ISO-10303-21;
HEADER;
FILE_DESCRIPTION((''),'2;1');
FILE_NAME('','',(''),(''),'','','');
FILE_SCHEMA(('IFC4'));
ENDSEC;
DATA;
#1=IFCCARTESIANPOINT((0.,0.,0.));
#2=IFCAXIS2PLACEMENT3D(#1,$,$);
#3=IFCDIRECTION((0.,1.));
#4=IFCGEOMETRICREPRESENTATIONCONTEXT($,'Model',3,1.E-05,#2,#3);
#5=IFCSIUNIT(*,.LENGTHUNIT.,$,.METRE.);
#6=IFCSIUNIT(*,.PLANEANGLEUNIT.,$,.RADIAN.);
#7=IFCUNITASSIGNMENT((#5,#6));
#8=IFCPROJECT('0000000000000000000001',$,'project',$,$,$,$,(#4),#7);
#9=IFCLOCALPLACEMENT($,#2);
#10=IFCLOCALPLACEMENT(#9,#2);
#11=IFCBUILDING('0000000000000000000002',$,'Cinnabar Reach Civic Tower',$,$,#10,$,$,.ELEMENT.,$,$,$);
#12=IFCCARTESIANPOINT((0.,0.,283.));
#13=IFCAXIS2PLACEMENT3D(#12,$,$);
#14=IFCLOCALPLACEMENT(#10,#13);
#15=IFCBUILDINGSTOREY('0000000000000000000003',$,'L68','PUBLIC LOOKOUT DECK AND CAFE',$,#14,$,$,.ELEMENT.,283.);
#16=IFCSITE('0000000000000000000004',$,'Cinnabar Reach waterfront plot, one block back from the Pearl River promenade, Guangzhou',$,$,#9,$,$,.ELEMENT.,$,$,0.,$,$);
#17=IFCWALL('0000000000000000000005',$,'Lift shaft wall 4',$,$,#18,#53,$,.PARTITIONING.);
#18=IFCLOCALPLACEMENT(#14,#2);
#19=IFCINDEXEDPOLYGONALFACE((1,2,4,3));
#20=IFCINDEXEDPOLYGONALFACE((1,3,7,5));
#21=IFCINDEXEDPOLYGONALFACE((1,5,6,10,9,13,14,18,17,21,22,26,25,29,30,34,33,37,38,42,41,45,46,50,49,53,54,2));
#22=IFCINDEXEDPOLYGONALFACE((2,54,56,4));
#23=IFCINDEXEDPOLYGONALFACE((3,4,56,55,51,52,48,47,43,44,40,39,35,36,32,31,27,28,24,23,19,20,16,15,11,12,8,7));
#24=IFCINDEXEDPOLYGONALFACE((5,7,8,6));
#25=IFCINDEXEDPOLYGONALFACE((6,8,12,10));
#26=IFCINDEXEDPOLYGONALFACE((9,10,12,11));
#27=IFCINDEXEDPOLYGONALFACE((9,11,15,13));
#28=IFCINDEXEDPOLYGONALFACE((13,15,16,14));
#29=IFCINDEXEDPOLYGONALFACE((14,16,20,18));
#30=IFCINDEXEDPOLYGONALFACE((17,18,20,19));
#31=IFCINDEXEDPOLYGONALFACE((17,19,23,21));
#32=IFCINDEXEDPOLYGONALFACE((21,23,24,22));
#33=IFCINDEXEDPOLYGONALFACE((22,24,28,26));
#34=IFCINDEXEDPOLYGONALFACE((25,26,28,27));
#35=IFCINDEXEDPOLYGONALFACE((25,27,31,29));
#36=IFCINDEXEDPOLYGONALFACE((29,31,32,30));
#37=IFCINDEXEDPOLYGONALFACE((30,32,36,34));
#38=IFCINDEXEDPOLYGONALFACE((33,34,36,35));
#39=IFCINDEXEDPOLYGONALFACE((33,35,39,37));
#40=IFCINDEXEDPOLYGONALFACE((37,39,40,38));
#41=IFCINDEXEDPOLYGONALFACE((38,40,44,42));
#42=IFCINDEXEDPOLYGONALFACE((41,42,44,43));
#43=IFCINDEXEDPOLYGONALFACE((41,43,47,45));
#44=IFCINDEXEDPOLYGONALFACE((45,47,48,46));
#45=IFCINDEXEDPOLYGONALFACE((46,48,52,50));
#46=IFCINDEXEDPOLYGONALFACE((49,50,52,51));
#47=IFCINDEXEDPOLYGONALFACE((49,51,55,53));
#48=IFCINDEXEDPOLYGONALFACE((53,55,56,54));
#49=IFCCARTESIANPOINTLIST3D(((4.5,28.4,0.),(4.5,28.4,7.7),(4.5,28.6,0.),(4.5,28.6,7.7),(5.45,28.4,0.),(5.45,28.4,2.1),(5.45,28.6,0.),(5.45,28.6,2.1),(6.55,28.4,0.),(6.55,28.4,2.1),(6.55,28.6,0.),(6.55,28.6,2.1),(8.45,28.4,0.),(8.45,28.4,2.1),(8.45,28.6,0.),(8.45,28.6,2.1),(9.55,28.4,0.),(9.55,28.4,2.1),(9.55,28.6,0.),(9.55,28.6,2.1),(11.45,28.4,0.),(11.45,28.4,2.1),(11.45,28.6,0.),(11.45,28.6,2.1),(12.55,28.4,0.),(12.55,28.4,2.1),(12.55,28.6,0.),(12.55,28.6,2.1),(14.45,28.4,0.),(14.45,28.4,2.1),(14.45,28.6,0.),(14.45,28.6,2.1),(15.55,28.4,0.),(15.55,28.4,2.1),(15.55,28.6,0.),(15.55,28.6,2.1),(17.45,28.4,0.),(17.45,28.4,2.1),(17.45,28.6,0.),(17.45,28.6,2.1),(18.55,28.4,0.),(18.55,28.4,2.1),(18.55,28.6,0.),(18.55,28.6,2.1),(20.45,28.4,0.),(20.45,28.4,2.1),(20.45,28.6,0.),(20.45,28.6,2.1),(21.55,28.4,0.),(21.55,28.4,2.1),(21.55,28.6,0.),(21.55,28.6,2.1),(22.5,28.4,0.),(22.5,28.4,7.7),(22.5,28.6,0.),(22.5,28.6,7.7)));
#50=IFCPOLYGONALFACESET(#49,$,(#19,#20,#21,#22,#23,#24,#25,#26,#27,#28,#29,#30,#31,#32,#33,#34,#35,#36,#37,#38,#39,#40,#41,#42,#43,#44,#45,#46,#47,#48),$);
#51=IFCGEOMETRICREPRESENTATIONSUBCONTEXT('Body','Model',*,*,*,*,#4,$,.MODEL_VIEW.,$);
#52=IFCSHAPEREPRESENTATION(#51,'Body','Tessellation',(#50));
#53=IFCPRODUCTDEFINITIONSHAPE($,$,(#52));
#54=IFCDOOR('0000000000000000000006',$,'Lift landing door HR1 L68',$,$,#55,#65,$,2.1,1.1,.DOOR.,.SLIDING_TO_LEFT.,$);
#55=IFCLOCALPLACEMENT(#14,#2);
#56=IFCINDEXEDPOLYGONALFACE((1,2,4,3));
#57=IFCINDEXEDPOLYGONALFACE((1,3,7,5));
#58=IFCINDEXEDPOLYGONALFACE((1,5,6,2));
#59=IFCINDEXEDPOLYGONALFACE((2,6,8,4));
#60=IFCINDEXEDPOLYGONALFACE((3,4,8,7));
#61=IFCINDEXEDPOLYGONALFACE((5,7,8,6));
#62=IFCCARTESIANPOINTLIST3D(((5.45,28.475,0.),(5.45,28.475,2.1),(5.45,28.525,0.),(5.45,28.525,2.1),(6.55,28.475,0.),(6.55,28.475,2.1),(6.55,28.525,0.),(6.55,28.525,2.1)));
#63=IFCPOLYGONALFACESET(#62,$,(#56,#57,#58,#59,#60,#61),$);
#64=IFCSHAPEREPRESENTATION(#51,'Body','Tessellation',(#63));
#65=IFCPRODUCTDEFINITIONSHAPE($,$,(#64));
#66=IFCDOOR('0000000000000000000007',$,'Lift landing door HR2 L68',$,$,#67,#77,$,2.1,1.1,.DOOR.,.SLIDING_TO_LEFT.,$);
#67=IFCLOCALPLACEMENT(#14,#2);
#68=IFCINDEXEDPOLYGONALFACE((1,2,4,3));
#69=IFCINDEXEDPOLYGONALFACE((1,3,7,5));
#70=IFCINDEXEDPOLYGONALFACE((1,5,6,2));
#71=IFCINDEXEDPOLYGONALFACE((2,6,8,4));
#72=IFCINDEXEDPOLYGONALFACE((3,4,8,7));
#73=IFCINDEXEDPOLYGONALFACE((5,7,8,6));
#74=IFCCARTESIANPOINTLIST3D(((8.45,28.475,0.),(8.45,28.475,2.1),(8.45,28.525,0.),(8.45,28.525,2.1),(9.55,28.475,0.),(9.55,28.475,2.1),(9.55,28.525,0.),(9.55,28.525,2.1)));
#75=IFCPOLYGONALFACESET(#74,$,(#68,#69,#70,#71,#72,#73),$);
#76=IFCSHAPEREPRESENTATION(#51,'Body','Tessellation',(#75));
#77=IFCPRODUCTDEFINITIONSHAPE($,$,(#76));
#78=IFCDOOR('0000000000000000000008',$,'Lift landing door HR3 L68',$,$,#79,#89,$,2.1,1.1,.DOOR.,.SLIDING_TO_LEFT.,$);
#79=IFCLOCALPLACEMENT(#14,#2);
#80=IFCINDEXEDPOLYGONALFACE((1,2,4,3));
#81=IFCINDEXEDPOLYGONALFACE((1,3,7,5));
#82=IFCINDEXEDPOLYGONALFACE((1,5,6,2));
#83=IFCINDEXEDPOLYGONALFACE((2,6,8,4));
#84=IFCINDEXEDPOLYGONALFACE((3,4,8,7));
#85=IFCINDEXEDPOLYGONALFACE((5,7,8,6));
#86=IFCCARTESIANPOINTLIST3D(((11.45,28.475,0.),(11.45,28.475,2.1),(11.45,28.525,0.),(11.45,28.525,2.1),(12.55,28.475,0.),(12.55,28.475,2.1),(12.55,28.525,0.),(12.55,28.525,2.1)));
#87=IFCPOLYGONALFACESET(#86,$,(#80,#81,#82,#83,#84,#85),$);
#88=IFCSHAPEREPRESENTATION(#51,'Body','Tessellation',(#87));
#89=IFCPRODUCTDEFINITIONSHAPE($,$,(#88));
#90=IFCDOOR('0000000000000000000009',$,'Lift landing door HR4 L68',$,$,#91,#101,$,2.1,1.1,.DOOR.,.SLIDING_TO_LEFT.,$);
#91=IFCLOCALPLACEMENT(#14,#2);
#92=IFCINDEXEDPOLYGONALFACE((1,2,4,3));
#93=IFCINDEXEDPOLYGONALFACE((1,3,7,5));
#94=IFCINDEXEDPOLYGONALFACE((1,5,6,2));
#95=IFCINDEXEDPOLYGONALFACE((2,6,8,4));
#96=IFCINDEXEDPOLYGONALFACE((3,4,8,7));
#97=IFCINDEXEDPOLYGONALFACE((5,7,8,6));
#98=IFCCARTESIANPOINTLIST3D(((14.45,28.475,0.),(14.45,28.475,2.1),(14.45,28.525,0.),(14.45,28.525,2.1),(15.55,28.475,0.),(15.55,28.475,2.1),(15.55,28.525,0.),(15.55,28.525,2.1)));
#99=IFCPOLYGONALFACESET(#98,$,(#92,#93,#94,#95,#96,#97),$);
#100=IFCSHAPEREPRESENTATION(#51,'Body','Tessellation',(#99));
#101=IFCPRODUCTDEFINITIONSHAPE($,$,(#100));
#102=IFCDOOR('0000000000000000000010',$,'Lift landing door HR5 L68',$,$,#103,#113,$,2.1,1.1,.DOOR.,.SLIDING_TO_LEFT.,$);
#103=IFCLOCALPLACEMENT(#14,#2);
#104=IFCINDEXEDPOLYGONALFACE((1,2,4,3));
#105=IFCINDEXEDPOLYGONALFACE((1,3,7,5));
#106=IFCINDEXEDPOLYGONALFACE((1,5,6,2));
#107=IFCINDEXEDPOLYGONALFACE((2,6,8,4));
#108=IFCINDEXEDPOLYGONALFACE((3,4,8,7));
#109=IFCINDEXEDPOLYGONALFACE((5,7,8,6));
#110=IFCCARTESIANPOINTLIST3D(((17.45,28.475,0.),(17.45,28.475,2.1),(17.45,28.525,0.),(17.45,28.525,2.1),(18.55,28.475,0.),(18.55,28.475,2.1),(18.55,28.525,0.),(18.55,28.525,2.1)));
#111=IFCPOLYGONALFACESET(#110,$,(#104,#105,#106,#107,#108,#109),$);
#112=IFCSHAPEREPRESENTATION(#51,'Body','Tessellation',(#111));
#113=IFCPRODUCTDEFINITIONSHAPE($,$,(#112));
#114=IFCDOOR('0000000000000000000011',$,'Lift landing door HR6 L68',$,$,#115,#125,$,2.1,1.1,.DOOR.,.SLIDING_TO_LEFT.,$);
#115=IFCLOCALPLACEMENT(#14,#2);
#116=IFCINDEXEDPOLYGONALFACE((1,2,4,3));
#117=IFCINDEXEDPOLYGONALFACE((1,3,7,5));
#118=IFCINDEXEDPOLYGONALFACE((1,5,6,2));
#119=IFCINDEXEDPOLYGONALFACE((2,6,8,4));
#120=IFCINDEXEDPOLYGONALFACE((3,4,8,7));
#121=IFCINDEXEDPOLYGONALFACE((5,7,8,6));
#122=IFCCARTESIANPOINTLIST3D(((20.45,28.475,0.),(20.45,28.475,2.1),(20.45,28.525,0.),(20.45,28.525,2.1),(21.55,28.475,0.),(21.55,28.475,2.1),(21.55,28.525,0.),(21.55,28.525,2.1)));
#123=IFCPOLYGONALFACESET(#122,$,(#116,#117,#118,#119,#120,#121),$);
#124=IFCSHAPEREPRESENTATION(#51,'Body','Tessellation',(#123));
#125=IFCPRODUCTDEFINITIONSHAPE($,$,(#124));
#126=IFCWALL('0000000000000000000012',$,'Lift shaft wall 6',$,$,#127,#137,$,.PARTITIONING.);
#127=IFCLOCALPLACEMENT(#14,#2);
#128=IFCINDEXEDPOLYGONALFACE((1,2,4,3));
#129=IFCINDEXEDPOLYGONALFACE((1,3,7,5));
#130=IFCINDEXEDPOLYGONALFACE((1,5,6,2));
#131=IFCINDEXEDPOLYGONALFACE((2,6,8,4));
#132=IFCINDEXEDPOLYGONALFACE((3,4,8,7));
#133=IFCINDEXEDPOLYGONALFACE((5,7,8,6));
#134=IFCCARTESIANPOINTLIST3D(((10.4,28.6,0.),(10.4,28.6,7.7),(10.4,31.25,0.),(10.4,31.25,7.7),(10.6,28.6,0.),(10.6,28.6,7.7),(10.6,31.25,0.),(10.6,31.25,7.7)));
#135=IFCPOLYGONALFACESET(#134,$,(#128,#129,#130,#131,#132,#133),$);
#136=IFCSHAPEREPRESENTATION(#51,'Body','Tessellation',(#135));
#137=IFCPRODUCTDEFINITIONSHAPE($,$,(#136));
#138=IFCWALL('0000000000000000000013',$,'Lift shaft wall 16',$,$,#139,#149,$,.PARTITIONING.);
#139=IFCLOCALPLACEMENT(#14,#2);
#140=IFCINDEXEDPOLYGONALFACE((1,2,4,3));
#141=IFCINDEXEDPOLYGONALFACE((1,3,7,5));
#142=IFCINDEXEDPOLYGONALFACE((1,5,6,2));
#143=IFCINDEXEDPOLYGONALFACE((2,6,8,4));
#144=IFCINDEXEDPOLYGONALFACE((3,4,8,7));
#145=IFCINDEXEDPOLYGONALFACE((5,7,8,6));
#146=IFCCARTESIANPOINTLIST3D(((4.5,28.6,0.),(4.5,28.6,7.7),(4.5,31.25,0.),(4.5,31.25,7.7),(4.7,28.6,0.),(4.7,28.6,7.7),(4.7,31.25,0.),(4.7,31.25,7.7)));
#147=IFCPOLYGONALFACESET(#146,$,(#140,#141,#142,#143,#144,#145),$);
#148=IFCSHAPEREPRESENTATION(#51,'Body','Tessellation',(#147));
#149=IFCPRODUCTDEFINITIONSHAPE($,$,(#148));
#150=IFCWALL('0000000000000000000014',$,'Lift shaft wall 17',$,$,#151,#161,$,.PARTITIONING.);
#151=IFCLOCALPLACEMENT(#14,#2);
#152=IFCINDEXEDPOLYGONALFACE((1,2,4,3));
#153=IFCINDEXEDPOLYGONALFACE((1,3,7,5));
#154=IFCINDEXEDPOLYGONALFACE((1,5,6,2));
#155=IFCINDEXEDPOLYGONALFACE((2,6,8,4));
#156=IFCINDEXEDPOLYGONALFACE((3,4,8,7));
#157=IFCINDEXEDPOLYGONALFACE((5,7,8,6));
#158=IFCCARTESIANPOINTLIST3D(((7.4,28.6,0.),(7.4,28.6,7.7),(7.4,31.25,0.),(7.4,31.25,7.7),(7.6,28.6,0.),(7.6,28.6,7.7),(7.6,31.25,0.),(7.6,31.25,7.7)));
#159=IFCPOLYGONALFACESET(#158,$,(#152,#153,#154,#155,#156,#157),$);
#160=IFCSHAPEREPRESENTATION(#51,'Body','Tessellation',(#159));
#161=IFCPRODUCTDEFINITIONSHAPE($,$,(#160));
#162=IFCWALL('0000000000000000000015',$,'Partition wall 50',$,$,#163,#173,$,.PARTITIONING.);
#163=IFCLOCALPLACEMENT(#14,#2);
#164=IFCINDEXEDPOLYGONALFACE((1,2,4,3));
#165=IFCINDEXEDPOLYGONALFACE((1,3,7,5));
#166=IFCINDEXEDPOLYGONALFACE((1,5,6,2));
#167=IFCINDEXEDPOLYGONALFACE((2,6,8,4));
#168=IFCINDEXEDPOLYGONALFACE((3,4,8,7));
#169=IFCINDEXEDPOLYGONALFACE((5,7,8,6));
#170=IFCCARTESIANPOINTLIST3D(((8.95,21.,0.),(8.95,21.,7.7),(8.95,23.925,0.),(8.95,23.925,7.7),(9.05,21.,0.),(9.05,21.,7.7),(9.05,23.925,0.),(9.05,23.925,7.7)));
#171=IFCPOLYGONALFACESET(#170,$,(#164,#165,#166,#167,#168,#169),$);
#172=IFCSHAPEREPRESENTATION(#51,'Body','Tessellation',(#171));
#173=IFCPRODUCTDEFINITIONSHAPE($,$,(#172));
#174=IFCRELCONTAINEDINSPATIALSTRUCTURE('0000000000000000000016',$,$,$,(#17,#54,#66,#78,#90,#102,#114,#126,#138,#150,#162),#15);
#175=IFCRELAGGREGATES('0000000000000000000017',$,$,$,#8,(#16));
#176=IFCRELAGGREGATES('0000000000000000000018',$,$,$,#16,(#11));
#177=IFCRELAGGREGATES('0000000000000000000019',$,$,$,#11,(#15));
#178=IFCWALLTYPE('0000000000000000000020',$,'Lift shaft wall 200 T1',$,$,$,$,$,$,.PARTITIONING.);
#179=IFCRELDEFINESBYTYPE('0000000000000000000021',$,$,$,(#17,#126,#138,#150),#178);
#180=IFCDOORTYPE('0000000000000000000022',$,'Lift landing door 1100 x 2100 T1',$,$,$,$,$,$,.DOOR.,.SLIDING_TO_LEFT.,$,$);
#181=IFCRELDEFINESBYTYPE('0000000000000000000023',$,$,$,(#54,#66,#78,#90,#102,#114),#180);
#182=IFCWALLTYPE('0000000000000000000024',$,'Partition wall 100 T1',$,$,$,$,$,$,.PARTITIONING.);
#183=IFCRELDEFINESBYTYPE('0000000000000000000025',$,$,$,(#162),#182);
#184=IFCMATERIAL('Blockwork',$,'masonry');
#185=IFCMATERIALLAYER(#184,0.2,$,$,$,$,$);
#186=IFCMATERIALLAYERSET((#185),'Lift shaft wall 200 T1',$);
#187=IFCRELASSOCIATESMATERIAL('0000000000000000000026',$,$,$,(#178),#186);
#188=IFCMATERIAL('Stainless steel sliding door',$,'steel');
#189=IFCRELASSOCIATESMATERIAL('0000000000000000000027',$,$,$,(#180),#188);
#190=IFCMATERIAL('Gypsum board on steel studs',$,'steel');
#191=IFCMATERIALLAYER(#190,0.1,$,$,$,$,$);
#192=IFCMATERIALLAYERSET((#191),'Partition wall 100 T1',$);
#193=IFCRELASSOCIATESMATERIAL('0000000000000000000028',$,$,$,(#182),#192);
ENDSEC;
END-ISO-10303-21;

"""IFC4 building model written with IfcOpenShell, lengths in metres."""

from ifc_helpers import new_model, si_unit, direction, frame, frame_2d, origin, place, context, subcontext, project, spatial, rectangle, extrude, material, layer, layer_set, type_object, element, fill, save


model = new_model("IFC4")

# Units and contexts
model_context = context("Model", 3, precision=1e-05, world=origin(), true_north=direction((0.0, 1.0)))
body_context = subcontext(model_context, "Body", "Model", "MODEL_VIEW")
ifc_project = project(units=[si_unit("LENGTHUNIT", "METRE"), si_unit("PLANEANGLEUNIT", "RADIAN")], contexts=[model_context])

# Site, building, storey
site_placement = place(None, origin())
site = spatial("IfcSite", under=ifc_project, at=site_placement, Name="Cinnabar Reach waterfront plot, one block back from the Pearl River promenade, Guangzhou", CompositionType="ELEMENT", RefElevation=0.0)
building_placement = place(site_placement, origin())
building = spatial("IfcBuilding", under=site, at=building_placement, Name="Cinnabar Reach Civic Tower", CompositionType="ELEMENT")
storey_placement = place(building_placement, frame((0.0, 0.0, 283.0)))
storey = spatial("IfcBuildingStorey", under=building, at=storey_placement, Name="L68", Description="PUBLIC LOOKOUT DECK AND CAFE", CompositionType="ELEMENT", Elevation=283.0)

# Wall, openings, doors
ifc_material_1 = material(Name="Blockwork", Category="masonry")
ifc_layer_1 = layer(ifc_material_1, 0.2)
ifc_layer_set_1 = layer_set([ifc_layer_1], Name="Lift shaft wall 200 T1")
wall_type_1 = type_object("IfcWallType", Name="Lift shaft wall 200 T1", PredefinedType="PARTITIONING", material=ifc_layer_set_1)
wall_1_placement = place(storey_placement, frame((4.5, 28.5, 0.0), z_axis=(0.0, 0.0, 1.0), x_axis=(1.0, 0.0, 0.0)))
wall_1 = element("IfcWall", 1, at=wall_1_placement, inside=storey, type_object=wall_type_1, Name="Lift shaft wall 4", PredefinedType="PARTITIONING", context=body_context, shape_type="SweptSolid", body=[
    extrude(rectangle(XDim=18.0, YDim=0.2, at=frame_2d((9.0, 0.0))), origin(), (0.0, 0.0, 1.0), 7.7),
])
opening_1_placement = place(wall_1_placement, frame((0.95, 0.0, 0.0)))
opening_1 = element("IfcOpeningElement", 2, at=opening_1_placement, cuts=wall_1, PredefinedType="OPENING", context=body_context, shape_type="SweptSolid", body=[
    extrude(rectangle(XDim=1.1, YDim=2.1, at=frame_2d((0.55, 1.05))), frame((0.0, 0.11, 0.0), z_axis=(0.0, -1.0, 0.0), x_axis=(1.0, 0.0, 0.0)), (0.0, 0.0, 1.0), 0.22),
])
opening_2_placement = place(wall_1_placement, frame((3.95, 0.0, 0.0)))
opening_2 = element("IfcOpeningElement", 3, at=opening_2_placement, cuts=wall_1, PredefinedType="OPENING", context=body_context, shape_type="SweptSolid", body=[
    extrude(rectangle(XDim=1.1, YDim=2.1, at=frame_2d((0.55, 1.05))), frame((0.0, 0.11, 0.0), z_axis=(0.0, -1.0, 0.0), x_axis=(1.0, 0.0, 0.0)), (0.0, 0.0, 1.0), 0.22),
])
opening_3_placement = place(wall_1_placement, frame((6.95, 0.0, 0.0)))
opening_3 = element("IfcOpeningElement", 4, at=opening_3_placement, cuts=wall_1, PredefinedType="OPENING", context=body_context, shape_type="SweptSolid", body=[
    extrude(rectangle(XDim=1.1, YDim=2.1, at=frame_2d((0.55, 1.05))), frame((0.0, 0.11, 0.0), z_axis=(0.0, -1.0, 0.0), x_axis=(1.0, 0.0, 0.0)), (0.0, 0.0, 1.0), 0.22),
])
opening_4_placement = place(wall_1_placement, frame((9.95, 0.0, 0.0)))
opening_4 = element("IfcOpeningElement", 5, at=opening_4_placement, cuts=wall_1, PredefinedType="OPENING", context=body_context, shape_type="SweptSolid", body=[
    extrude(rectangle(XDim=1.1, YDim=2.1, at=frame_2d((0.55, 1.05))), frame((0.0, 0.11, 0.0), z_axis=(0.0, -1.0, 0.0), x_axis=(1.0, 0.0, 0.0)), (0.0, 0.0, 1.0), 0.22),
])
opening_5_placement = place(wall_1_placement, frame((12.95, 0.0, 0.0)))
opening_5 = element("IfcOpeningElement", 6, at=opening_5_placement, cuts=wall_1, PredefinedType="OPENING", context=body_context, shape_type="SweptSolid", body=[
    extrude(rectangle(XDim=1.1, YDim=2.1, at=frame_2d((0.55, 1.05))), frame((0.0, 0.11, 0.0), z_axis=(0.0, -1.0, 0.0), x_axis=(1.0, 0.0, 0.0)), (0.0, 0.0, 1.0), 0.22),
])
opening_6_placement = place(wall_1_placement, frame((15.95, 0.0, 0.0)))
opening_6 = element("IfcOpeningElement", 7, at=opening_6_placement, cuts=wall_1, PredefinedType="OPENING", context=body_context, shape_type="SweptSolid", body=[
    extrude(rectangle(XDim=1.1, YDim=2.1, at=frame_2d((0.55, 1.05))), frame((0.0, 0.11, 0.0), z_axis=(0.0, -1.0, 0.0), x_axis=(1.0, 0.0, 0.0)), (0.0, 0.0, 1.0), 0.22),
])
ifc_material_2 = material(Name="Stainless steel sliding door", Category="steel")
door_type_1 = type_object("IfcDoorType", Name="Lift landing door 1100 x 2100 T1", OperationType="SLIDING_TO_LEFT", PredefinedType="DOOR", material=ifc_material_2)
door_1_placement = place(opening_1_placement, origin())
door_1 = element("IfcDoor", 8, at=door_1_placement, inside=storey, type_object=door_type_1, Name="Lift landing door HR1 L68", OperationType="SLIDING_TO_LEFT", OverallHeight=2.1, OverallWidth=1.1, PredefinedType="DOOR", context=body_context, shape_type="SweptSolid", body=[
    extrude(rectangle(XDim=1.1, YDim=2.1, at=frame_2d((0.55, 1.05))), frame((0.0, 0.025, 0.0), z_axis=(0.0, -1.0, 0.0), x_axis=(1.0, 0.0, 0.0)), (0.0, 0.0, 1.0), 0.05),
])
fill(opening_1, door_1)
door_2_placement = place(opening_2_placement, origin())
door_2 = element("IfcDoor", 9, at=door_2_placement, inside=storey, type_object=door_type_1, Name="Lift landing door HR2 L68", OperationType="SLIDING_TO_LEFT", OverallHeight=2.1, OverallWidth=1.1, PredefinedType="DOOR", context=body_context, shape_type="SweptSolid", body=[
    extrude(rectangle(XDim=1.1, YDim=2.1, at=frame_2d((0.55, 1.05))), frame((0.0, 0.025, 0.0), z_axis=(0.0, -1.0, 0.0), x_axis=(1.0, 0.0, 0.0)), (0.0, 0.0, 1.0), 0.05),
])
fill(opening_2, door_2)
door_3_placement = place(opening_3_placement, origin())
door_3 = element("IfcDoor", 10, at=door_3_placement, inside=storey, type_object=door_type_1, Name="Lift landing door HR3 L68", OperationType="SLIDING_TO_LEFT", OverallHeight=2.1, OverallWidth=1.1, PredefinedType="DOOR", context=body_context, shape_type="SweptSolid", body=[
    extrude(rectangle(XDim=1.1, YDim=2.1, at=frame_2d((0.55, 1.05))), frame((0.0, 0.025, 0.0), z_axis=(0.0, -1.0, 0.0), x_axis=(1.0, 0.0, 0.0)), (0.0, 0.0, 1.0), 0.05),
])
fill(opening_3, door_3)
door_4_placement = place(opening_4_placement, origin())
door_4 = element("IfcDoor", 11, at=door_4_placement, inside=storey, type_object=door_type_1, Name="Lift landing door HR4 L68", OperationType="SLIDING_TO_LEFT", OverallHeight=2.1, OverallWidth=1.1, PredefinedType="DOOR", context=body_context, shape_type="SweptSolid", body=[
    extrude(rectangle(XDim=1.1, YDim=2.1, at=frame_2d((0.55, 1.05))), frame((0.0, 0.025, 0.0), z_axis=(0.0, -1.0, 0.0), x_axis=(1.0, 0.0, 0.0)), (0.0, 0.0, 1.0), 0.05),
])
fill(opening_4, door_4)
door_5_placement = place(opening_5_placement, origin())
door_5 = element("IfcDoor", 12, at=door_5_placement, inside=storey, type_object=door_type_1, Name="Lift landing door HR5 L68", OperationType="SLIDING_TO_LEFT", OverallHeight=2.1, OverallWidth=1.1, PredefinedType="DOOR", context=body_context, shape_type="SweptSolid", body=[
    extrude(rectangle(XDim=1.1, YDim=2.1, at=frame_2d((0.55, 1.05))), frame((0.0, 0.025, 0.0), z_axis=(0.0, -1.0, 0.0), x_axis=(1.0, 0.0, 0.0)), (0.0, 0.0, 1.0), 0.05),
])
fill(opening_5, door_5)
door_6_placement = place(opening_6_placement, origin())
door_6 = element("IfcDoor", 13, at=door_6_placement, inside=storey, type_object=door_type_1, Name="Lift landing door HR6 L68", OperationType="SLIDING_TO_LEFT", OverallHeight=2.1, OverallWidth=1.1, PredefinedType="DOOR", context=body_context, shape_type="SweptSolid", body=[
    extrude(rectangle(XDim=1.1, YDim=2.1, at=frame_2d((0.55, 1.05))), frame((0.0, 0.025, 0.0), z_axis=(0.0, -1.0, 0.0), x_axis=(1.0, 0.0, 0.0)), (0.0, 0.0, 1.0), 0.05),
])
fill(opening_6, door_6)

# Walls
for number, where, z_axis, x_axis, name in (
    (14, (10.5, 28.6, 0.0), (0.0, 0.0, 1.0), (0.0, 1.0, 0.0), "Lift shaft wall 6"),
    (15, (4.6, 28.6, 0.0), (0.0, 0.0, 1.0), (0.0, 1.0, 0.0), "Lift shaft wall 16"),
    (16, (7.5, 28.6, 0.0), (0.0, 0.0, 1.0), (0.0, 1.0, 0.0), "Lift shaft wall 17"),
):
    element("IfcWall", number, at=place(storey_placement, frame(where, z_axis=z_axis, x_axis=x_axis)), inside=storey, type_object=wall_type_1, Name=name, PredefinedType="PARTITIONING", context=body_context, shape_type="SweptSolid", body=[
        extrude(rectangle(XDim=2.65, YDim=0.2, at=frame_2d((1.325, 0.0))), origin(), (0.0, 0.0, 1.0), 7.7),
    ])
ifc_material_3 = material(Name="Gypsum board on steel studs", Category="steel")
ifc_layer_2 = layer(ifc_material_3, 0.1)
ifc_layer_set_2 = layer_set([ifc_layer_2], Name="Partition wall 100 T1")
wall_type_2 = type_object("IfcWallType", Name="Partition wall 100 T1", PredefinedType="PARTITIONING", material=ifc_layer_set_2)
for number, where, z_axis, x_axis, name in (
    (17, (9.0, 21.0, 0.0), (0.0, 0.0, 1.0), (0.0, 1.0, 0.0), "Partition wall 50"),
):
    element("IfcWall", number, at=place(storey_placement, frame(where, z_axis=z_axis, x_axis=x_axis)), inside=storey, type_object=wall_type_2, Name=name, PredefinedType="PARTITIONING", context=body_context, shape_type="SweptSolid", body=[
        extrude(rectangle(XDim=2.925, YDim=0.1, at=frame_2d((1.4625, 0.0))), origin(), (0.0, 0.0, 1.0), 7.7),
    ])

save(model, "model.ifc")
